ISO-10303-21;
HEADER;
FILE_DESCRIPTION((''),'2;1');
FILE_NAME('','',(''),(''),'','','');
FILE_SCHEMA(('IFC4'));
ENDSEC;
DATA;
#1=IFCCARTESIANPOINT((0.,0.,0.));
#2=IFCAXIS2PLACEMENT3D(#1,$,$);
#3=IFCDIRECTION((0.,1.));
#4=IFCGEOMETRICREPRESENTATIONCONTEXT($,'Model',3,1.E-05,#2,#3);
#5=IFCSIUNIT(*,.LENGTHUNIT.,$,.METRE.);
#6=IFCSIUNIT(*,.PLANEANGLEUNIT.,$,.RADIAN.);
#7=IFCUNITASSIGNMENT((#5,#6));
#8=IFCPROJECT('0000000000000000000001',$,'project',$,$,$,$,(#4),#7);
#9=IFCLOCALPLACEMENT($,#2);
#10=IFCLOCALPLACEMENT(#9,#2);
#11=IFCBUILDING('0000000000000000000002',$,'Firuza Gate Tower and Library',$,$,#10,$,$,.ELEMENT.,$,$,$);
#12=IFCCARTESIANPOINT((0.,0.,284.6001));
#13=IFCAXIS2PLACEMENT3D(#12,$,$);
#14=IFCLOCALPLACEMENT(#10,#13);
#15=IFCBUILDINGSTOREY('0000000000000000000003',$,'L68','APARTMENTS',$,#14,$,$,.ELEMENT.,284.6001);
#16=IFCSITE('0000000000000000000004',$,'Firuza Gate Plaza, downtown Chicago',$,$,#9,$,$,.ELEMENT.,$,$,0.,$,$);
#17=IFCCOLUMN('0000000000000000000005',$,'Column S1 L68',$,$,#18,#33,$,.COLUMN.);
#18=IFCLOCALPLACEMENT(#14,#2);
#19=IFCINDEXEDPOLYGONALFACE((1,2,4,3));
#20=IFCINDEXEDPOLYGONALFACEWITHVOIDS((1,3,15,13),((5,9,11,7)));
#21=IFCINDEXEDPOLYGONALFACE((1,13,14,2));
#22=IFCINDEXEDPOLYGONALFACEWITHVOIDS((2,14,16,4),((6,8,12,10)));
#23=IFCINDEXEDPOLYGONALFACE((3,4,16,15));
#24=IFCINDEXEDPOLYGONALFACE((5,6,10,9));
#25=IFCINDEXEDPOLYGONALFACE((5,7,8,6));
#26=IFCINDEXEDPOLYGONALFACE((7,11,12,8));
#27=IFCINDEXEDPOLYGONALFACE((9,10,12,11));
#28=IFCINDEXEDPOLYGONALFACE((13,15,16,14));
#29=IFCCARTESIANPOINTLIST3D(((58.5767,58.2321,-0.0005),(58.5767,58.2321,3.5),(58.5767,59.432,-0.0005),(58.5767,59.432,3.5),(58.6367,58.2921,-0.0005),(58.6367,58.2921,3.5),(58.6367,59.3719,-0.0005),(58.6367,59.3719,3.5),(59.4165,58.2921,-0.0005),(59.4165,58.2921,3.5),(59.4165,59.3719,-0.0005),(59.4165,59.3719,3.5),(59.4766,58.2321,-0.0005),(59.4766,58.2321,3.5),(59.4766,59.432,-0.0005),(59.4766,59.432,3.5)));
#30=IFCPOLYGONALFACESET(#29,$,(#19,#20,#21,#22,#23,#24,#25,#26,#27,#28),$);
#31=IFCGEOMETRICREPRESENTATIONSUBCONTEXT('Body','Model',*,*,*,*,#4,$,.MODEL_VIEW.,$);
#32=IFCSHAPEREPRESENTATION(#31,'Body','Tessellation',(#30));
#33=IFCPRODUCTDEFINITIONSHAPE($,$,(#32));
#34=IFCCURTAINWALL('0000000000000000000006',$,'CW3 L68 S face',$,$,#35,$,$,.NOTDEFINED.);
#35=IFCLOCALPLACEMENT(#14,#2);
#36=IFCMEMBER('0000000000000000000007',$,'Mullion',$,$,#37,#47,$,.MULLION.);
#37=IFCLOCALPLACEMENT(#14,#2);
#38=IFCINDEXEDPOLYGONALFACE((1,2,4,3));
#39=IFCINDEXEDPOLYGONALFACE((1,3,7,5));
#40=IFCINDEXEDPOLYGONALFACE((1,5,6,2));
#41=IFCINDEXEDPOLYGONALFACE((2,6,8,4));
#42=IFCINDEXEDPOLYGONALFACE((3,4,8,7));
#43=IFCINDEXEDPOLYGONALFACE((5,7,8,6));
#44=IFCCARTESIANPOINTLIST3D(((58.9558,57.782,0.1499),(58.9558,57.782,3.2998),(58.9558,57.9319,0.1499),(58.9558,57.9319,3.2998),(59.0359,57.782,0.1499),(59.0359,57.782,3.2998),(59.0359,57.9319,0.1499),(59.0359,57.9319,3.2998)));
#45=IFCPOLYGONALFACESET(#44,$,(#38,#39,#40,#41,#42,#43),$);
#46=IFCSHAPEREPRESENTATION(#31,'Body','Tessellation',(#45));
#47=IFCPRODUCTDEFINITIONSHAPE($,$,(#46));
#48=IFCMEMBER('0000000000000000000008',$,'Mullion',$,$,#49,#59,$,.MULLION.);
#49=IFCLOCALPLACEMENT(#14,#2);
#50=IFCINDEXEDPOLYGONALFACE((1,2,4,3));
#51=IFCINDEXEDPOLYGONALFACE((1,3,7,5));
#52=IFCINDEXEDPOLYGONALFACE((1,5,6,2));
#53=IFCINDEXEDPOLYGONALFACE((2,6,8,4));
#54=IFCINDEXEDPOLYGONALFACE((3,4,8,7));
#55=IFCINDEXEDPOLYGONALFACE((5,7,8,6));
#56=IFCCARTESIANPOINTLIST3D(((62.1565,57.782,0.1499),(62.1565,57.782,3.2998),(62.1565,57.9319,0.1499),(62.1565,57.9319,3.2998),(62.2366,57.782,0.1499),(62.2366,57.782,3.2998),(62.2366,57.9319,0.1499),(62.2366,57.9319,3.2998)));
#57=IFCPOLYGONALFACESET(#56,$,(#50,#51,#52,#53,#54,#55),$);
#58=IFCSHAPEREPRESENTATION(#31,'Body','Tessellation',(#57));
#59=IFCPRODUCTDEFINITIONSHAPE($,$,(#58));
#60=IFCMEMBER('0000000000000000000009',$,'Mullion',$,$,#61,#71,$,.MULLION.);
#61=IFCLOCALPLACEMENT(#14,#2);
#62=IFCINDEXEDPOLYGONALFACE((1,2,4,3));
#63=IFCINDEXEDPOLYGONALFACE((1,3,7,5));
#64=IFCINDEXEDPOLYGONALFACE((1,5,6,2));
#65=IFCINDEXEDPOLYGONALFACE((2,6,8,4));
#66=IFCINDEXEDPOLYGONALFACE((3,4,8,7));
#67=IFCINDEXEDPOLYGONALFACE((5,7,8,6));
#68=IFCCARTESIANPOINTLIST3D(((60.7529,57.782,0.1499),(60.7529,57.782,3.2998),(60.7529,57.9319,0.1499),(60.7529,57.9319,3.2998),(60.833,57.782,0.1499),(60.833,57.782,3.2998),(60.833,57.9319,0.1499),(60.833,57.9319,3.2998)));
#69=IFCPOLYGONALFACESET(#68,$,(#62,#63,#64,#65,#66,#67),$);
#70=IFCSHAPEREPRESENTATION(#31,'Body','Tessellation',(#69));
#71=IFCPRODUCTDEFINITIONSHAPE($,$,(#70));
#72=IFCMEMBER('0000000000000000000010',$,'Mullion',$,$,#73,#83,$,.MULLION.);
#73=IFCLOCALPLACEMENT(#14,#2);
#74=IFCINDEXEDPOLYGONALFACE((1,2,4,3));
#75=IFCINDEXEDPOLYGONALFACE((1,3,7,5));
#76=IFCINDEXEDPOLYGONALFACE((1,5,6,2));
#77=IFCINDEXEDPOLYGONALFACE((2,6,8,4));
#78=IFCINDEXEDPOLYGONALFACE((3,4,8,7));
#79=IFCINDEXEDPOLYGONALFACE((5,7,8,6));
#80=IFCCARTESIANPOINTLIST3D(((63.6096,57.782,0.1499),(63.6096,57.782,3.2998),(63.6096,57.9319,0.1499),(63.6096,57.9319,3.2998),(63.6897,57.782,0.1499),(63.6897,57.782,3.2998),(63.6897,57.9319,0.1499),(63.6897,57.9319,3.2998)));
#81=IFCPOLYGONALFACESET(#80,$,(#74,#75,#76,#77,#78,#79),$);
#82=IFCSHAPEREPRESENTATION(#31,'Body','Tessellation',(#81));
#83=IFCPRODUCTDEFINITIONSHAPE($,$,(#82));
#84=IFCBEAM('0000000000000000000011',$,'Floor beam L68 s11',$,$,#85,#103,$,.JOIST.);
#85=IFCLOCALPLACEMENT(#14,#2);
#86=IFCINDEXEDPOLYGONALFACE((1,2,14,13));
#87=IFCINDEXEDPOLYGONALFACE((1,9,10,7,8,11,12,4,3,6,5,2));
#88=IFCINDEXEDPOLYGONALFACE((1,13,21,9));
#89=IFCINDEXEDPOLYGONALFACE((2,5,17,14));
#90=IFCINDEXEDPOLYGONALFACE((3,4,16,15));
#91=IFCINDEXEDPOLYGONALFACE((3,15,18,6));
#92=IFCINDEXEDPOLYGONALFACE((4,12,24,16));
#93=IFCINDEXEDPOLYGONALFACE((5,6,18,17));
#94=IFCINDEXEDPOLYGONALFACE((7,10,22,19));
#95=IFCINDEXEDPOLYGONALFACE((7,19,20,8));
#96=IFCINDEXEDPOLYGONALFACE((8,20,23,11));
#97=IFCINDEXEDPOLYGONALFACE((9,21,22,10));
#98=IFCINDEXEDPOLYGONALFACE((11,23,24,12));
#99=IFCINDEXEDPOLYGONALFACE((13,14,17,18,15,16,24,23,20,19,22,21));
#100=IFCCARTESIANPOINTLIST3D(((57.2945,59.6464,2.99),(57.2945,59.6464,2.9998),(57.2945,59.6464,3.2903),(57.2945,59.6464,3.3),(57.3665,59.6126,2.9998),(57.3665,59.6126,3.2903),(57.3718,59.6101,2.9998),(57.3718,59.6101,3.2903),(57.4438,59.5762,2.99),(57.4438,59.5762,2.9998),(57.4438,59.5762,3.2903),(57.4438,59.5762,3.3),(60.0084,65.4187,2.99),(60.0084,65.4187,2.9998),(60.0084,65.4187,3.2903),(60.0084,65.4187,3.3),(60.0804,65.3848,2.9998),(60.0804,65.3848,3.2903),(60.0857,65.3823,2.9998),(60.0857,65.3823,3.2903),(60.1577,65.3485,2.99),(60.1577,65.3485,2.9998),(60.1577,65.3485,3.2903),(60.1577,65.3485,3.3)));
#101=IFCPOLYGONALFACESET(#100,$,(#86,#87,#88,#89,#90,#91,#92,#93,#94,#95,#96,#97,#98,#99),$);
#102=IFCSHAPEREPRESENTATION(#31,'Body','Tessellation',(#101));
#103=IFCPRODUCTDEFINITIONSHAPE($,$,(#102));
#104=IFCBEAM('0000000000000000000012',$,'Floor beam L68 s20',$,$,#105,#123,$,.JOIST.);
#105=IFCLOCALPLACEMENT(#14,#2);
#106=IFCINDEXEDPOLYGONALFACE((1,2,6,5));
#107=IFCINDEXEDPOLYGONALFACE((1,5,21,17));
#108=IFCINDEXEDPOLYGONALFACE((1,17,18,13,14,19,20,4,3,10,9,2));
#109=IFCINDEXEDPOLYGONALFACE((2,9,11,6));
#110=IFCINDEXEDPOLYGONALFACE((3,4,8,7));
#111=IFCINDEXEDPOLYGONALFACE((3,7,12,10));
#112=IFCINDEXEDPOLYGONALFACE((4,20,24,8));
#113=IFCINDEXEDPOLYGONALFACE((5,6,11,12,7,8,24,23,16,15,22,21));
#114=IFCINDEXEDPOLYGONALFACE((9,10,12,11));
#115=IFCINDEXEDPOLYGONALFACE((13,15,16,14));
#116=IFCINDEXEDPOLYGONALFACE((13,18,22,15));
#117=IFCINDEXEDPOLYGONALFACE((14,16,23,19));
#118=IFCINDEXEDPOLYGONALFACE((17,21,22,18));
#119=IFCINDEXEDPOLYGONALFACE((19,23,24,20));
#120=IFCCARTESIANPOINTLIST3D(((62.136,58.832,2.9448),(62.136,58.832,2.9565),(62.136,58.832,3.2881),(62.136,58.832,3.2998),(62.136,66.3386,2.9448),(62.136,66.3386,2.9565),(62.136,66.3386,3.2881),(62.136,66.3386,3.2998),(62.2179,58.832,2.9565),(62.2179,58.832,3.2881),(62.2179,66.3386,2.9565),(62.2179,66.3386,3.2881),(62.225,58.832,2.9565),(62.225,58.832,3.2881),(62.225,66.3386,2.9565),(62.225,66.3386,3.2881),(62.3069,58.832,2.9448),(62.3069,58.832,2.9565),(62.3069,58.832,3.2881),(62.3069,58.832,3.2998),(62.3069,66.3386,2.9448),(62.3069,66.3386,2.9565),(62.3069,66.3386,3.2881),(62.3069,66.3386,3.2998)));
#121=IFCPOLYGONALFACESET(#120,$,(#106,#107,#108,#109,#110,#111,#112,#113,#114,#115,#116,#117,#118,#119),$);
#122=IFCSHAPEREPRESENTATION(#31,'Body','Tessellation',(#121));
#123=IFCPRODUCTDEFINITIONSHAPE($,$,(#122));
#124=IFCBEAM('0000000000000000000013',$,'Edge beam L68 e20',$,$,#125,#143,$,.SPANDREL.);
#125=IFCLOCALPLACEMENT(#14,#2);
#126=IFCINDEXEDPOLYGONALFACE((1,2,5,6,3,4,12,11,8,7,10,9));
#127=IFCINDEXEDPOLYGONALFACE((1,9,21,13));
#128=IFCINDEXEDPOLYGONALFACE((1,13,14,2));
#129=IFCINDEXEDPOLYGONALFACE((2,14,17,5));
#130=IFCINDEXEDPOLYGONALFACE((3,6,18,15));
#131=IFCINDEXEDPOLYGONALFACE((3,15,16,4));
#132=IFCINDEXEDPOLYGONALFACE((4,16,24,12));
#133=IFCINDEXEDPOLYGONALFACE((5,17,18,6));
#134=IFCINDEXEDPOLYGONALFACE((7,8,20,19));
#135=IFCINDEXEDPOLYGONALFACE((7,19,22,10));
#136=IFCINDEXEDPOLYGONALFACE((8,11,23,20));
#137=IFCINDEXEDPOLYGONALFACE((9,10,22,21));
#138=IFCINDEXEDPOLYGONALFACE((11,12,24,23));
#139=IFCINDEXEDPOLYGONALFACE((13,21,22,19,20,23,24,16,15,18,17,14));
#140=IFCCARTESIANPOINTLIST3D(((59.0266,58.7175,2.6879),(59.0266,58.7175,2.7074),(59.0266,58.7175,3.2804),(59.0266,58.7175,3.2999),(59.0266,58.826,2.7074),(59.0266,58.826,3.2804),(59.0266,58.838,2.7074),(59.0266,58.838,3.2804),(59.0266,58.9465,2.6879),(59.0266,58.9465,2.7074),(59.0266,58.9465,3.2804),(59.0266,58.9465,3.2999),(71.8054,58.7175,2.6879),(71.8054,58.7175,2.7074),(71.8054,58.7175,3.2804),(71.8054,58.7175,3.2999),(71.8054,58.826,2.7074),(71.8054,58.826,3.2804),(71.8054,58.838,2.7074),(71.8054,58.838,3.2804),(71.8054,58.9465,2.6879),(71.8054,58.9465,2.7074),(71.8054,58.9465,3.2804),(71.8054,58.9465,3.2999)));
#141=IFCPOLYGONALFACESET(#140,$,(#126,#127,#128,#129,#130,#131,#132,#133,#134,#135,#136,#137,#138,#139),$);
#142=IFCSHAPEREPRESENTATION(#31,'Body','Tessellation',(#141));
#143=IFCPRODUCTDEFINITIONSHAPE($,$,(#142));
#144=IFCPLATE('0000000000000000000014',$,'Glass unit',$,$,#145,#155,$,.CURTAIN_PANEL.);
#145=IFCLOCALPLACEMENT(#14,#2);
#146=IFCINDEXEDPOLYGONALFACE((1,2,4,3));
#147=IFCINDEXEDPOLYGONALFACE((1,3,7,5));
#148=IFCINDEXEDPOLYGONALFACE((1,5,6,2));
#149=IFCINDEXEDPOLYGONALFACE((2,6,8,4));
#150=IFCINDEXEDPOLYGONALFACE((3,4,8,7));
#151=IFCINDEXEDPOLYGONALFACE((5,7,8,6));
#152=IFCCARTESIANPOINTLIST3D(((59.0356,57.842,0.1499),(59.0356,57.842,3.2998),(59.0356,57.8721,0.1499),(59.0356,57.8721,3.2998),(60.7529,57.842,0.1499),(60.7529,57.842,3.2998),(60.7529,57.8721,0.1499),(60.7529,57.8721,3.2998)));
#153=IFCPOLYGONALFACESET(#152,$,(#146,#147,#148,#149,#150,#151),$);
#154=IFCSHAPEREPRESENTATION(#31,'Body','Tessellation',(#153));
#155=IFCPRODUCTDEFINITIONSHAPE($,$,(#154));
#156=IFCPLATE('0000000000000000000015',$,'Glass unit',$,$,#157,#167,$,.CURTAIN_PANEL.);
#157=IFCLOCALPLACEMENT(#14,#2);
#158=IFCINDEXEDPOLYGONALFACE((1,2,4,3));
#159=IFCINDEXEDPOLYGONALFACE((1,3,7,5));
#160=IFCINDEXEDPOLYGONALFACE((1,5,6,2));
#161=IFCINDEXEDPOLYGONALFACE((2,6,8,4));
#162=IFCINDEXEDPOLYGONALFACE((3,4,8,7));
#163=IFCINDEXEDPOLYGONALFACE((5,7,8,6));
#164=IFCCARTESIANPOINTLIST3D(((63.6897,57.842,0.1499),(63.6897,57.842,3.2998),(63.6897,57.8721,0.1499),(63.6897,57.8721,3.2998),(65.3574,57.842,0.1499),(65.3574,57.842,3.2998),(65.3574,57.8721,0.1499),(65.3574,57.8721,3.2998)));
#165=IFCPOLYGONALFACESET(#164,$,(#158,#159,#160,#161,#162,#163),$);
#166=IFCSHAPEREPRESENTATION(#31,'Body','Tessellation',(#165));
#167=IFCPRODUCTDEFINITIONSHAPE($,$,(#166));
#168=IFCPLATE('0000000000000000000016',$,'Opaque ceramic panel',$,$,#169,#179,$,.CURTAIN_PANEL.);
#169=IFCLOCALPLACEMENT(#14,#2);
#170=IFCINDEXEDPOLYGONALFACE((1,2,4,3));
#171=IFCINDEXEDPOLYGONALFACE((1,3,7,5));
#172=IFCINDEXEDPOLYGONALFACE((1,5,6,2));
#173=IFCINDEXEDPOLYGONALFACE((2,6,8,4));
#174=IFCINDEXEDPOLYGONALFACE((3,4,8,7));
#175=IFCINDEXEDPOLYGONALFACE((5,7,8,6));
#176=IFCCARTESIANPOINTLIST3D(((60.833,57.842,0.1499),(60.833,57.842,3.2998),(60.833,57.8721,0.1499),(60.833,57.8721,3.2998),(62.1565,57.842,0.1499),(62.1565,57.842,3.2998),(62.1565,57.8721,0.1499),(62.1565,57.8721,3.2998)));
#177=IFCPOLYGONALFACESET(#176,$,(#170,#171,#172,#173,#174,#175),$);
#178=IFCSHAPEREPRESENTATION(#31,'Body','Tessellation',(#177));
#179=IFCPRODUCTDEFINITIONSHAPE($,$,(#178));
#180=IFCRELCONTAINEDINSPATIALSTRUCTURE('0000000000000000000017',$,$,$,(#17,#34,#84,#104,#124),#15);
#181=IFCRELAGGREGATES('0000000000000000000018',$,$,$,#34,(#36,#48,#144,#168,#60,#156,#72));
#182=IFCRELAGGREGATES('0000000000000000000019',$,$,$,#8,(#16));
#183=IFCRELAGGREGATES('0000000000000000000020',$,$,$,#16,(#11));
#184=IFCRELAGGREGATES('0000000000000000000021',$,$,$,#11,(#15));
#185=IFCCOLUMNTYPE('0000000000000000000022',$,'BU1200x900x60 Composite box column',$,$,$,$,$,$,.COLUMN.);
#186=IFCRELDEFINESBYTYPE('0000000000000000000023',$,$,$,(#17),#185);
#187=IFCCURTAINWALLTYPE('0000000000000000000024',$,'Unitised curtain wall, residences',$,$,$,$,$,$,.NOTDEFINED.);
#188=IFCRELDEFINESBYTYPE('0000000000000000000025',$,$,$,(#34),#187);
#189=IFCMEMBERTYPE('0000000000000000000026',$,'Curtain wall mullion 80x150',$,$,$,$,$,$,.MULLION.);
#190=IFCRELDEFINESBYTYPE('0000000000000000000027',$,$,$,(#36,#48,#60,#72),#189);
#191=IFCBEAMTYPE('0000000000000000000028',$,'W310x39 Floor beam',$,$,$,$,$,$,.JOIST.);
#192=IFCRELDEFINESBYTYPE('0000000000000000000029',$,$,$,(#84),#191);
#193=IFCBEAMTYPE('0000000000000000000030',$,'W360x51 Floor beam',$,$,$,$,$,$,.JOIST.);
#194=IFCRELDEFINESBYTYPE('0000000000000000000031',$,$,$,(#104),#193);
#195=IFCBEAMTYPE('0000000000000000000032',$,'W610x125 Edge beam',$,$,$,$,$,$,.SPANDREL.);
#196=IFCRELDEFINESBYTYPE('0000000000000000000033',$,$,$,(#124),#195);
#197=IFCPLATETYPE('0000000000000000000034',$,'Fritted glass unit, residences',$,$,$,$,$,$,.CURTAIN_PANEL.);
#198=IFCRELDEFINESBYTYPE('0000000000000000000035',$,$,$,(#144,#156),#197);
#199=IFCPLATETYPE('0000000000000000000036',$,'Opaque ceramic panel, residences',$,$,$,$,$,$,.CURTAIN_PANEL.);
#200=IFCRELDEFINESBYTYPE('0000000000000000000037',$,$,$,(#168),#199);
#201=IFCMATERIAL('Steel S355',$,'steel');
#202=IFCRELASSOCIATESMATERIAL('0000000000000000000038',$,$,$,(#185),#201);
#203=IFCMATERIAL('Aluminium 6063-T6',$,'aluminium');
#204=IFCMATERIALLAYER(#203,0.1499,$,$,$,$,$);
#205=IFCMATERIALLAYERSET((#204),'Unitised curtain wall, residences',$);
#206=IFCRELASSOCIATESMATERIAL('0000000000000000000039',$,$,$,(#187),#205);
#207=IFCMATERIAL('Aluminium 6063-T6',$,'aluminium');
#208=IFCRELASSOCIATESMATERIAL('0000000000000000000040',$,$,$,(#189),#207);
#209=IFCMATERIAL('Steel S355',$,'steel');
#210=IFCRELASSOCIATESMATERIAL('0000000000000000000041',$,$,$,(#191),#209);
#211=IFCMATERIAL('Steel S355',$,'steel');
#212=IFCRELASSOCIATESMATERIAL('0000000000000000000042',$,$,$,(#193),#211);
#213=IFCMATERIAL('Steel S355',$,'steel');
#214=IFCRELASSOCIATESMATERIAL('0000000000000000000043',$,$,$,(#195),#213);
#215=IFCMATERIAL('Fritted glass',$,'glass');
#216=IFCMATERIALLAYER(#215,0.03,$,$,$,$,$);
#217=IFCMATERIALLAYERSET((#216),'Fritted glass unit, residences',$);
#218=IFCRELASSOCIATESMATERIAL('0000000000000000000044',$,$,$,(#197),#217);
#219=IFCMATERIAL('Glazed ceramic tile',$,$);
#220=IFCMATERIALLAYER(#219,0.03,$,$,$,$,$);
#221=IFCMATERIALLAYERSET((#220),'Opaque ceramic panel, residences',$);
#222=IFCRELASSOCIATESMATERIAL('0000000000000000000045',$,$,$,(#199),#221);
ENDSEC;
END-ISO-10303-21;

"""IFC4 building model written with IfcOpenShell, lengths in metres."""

from ifc_helpers import new_model, si_unit, direction, frame, origin, origin_2d, place, context, subcontext, project, spatial, polyline, rectangle, hollow_rectangle, i_section, outline, extrude, material, layer, layer_set, material_profile, profile_set, type_object, element, aggregate, save


model = new_model("IFC4")

# Units and contexts
model_context = context("Model", 3, precision=1e-05, world=origin(), true_north=direction((0.0, 1.0)))
body_context = subcontext(model_context, "Body", "Model", "MODEL_VIEW")
ifc_project = project(units=[si_unit("LENGTHUNIT", "METRE"), si_unit("PLANEANGLEUNIT", "RADIAN")], contexts=[model_context])

# Site, building, storey
site_placement = place(None, origin())
site = spatial("IfcSite", under=ifc_project, at=site_placement, Name="Firuza Gate Plaza, downtown Chicago", CompositionType="ELEMENT", RefElevation=0.0)
building_placement = place(site_placement, origin())
building = spatial("IfcBuilding", under=site, at=building_placement, Name="Firuza Gate Tower and Library", CompositionType="ELEMENT")
storey_placement = place(building_placement, frame((0.0, 0.0, 284.6001)))
storey = spatial("IfcBuildingStorey", under=building, at=storey_placement, Name="L68", Description="APARTMENTS", CompositionType="ELEMENT", Elevation=284.6001)

# Column
ifc_material_1 = material(Name="Steel S355", Category="steel")
ifc_material_profile_1 = material_profile(ifc_material_1, hollow_rectangle(XDim=0.8999, YDim=1.2, WallThickness=0.0601, at=origin_2d()))
ifc_profile_set_1 = profile_set([ifc_material_profile_1], Name="Steel S355")
column_type = type_object("IfcColumnType", Name="BU1200x900x60 Composite box column", PredefinedType="COLUMN", material=ifc_profile_set_1)
column_placement = place(storey_placement, frame((59.0266, 58.832, -0.0005), z_axis=(0.0, 0.0, 1.0), x_axis=(1.0, 0.0, 0.0)))
element("IfcColumn", 1, at=column_placement, inside=storey, type_object=column_type, Name="Column S1 L68", PredefinedType="COLUMN", context=body_context, shape_type="SweptSolid", body=[
    extrude(hollow_rectangle(XDim=0.8999, YDim=1.2, WallThickness=0.0601, at=origin_2d()), origin(), (0.0, 0.0, 1.0), 3.5005),
])

# Curtain wall, members
ifc_material_2 = material(Name="Aluminium 6063-T6", Category="aluminium")
ifc_layer_1 = layer(ifc_material_2, 0.1499)
ifc_layer_set_1 = layer_set([ifc_layer_1], Name="Unitised curtain wall, residences")
curtain_wall_type = type_object("IfcCurtainWallType", Name="Unitised curtain wall, residences", PredefinedType="NOTDEFINED", material=ifc_layer_set_1)
curtain_wall_placement = place(storey_placement, origin())
curtain_wall = element("IfcCurtainWall", 2, at=curtain_wall_placement, inside=storey, type_object=curtain_wall_type, Name="CW3 L68 S face", PredefinedType="NOTDEFINED")
ifc_material_3 = material(Name="Aluminium 6063-T6", Category="aluminium")
ifc_material_profile_2 = material_profile(ifc_material_3, rectangle(XDim=0.1499, YDim=0.0801, at=origin_2d()))
ifc_profile_set_2 = profile_set([ifc_material_profile_2], Name="Aluminium 6063-T6")
member_type = type_object("IfcMemberType", Name="Curtain wall mullion 80x150", PredefinedType="MULLION", material=ifc_profile_set_2)
member_1_placement = place(storey_placement, frame((58.9958, 57.8569, 0.1499), z_axis=(0.0, 0.0, 1.0), x_axis=(0.0, 1.0, 0.0)))
member_1 = element("IfcMember", 3, at=member_1_placement, type_object=member_type, Name="Mullion", PredefinedType="MULLION", context=body_context, shape_type="SweptSolid", body=[
    extrude(rectangle(XDim=0.1499, YDim=0.0801, at=origin_2d()), origin(), (0.0, 0.0, 1.0), 3.1499),
])
member_2_placement = place(storey_placement, frame((62.1965, 57.8569, 0.1499), z_axis=(0.0, 0.0, 1.0), x_axis=(0.0, 1.0, 0.0)))
member_2 = element("IfcMember", 4, at=member_2_placement, type_object=member_type, Name="Mullion", PredefinedType="MULLION", context=body_context, shape_type="SweptSolid", body=[
    extrude(rectangle(XDim=0.1499, YDim=0.0801, at=origin_2d()), origin(), (0.0, 0.0, 1.0), 3.1499),
])
member_3_placement = place(storey_placement, frame((60.793, 57.8569, 0.1499), z_axis=(0.0, 0.0, 1.0), x_axis=(0.0, 1.0, 0.0)))
member_3 = element("IfcMember", 5, at=member_3_placement, type_object=member_type, Name="Mullion", PredefinedType="MULLION", context=body_context, shape_type="SweptSolid", body=[
    extrude(rectangle(XDim=0.1499, YDim=0.0801, at=origin_2d()), origin(), (0.0, 0.0, 1.0), 3.1499),
])
member_4_placement = place(storey_placement, frame((63.6497, 57.8569, 0.1499), z_axis=(0.0, 0.0, 1.0), x_axis=(0.0, 1.0, 0.0)))
member_4 = element("IfcMember", 6, at=member_4_placement, type_object=member_type, Name="Mullion", PredefinedType="MULLION", context=body_context, shape_type="SweptSolid", body=[
    extrude(rectangle(XDim=0.1499, YDim=0.0801, at=origin_2d()), origin(), (0.0, 0.0, 1.0), 3.1499),
])

# Beams
ifc_material_4 = material(Name="Steel S355", Category="steel")
ifc_material_profile_3 = material_profile(ifc_material_4, i_section(OverallWidth=0.165, OverallDepth=0.3101, WebThickness=0.0059, FlangeThickness=0.0098, at=origin_2d()))
ifc_profile_set_3 = profile_set([ifc_material_profile_3], Name="Steel S355")
beam_type_1 = type_object("IfcBeamType", Name="W310x39 Floor beam", PredefinedType="JOIST", material=ifc_profile_set_3)
beam_1_placement = place(storey_placement, frame((57.3691, 59.6113, 3.145), z_axis=(0.42548, 0.904968, 0.0), x_axis=(-0.904968, 0.42548, 0.0)))
element("IfcBeam", 7, at=beam_1_placement, inside=storey, type_object=beam_type_1, Name="Floor beam L68 s11", PredefinedType="JOIST", context=body_context, shape_type="SweptSolid", body=[
    extrude(i_section(OverallWidth=0.165, OverallDepth=0.3101, WebThickness=0.0059, FlangeThickness=0.0098, at=origin_2d()), origin(), (0.0, 0.0, 1.0), 6.3784),
])
ifc_material_5 = material(Name="Steel S355", Category="steel")
ifc_material_profile_4 = material_profile(ifc_material_5, i_section(OverallWidth=0.1709, OverallDepth=0.355, WebThickness=0.0071, FlangeThickness=0.0117, at=origin_2d()))
ifc_profile_set_4 = profile_set([ifc_material_profile_4], Name="Steel S355")
beam_type_2 = type_object("IfcBeamType", Name="W360x51 Floor beam", PredefinedType="JOIST", material=ifc_profile_set_4)
beam_2_placement = place(storey_placement, frame((62.2214, 58.832, 3.1223), z_axis=(0.0, 1.0, 0.0), x_axis=(-1.0, 0.0, 0.0)))
element("IfcBeam", 8, at=beam_2_placement, inside=storey, type_object=beam_type_2, Name="Floor beam L68 s20", PredefinedType="JOIST", context=body_context, shape_type="SweptSolid", body=[
    extrude(i_section(OverallWidth=0.1709, OverallDepth=0.355, WebThickness=0.0071, FlangeThickness=0.0117, at=origin_2d()), origin(), (0.0, 0.0, 1.0), 7.5066),
])
ifc_material_6 = material(Name="Steel S355", Category="steel")
ifc_material_profile_5 = material_profile(ifc_material_6, i_section(OverallWidth=0.229, OverallDepth=0.6121, WebThickness=0.012, FlangeThickness=0.0195, at=origin_2d()))
ifc_profile_set_5 = profile_set([ifc_material_profile_5], Name="Steel S355")
beam_type_3 = type_object("IfcBeamType", Name="W610x125 Edge beam", PredefinedType="SPANDREL", material=ifc_profile_set_5)
beam_3_placement = place(storey_placement, frame((59.0266, 58.832, 2.9939), z_axis=(1.0, 0.0, 0.0), x_axis=(0.0, 1.0, 0.0)))
element("IfcBeam", 9, at=beam_3_placement, inside=storey, type_object=beam_type_3, Name="Edge beam L68 e20", PredefinedType="SPANDREL", context=body_context, shape_type="SweptSolid", body=[
    extrude(i_section(OverallWidth=0.229, OverallDepth=0.6121, WebThickness=0.012, FlangeThickness=0.0195, at=origin_2d()), origin(), (0.0, 0.0, 1.0), 12.7788),
])

# Plates
ifc_material_7 = material(Name="Fritted glass", Category="glass")
ifc_layer_2 = layer(ifc_material_7, 0.03)
ifc_layer_set_2 = layer_set([ifc_layer_2], Name="Fritted glass unit, residences")
plate_type_1 = type_object("IfcPlateType", Name="Fritted glass unit, residences", PredefinedType="CURTAIN_PANEL", material=ifc_layer_set_2)
plate_1_placement = place(storey_placement, frame((59.0356, 57.842, 0.1499), z_axis=(0.0, -1.0, 0.0), x_axis=(1.0, 0.0, 0.0)))
plate_1 = element("IfcPlate", 10, at=plate_1_placement, type_object=plate_type_1, Name="Glass unit", PredefinedType="CURTAIN_PANEL", context=body_context, shape_type="SweptSolid", body=[
    extrude(outline(polyline([(0.0, 0.0), (1.7173, 0.0), (1.7173, 3.1499), (0.0, 3.1499), (0.0, 0.0)])), origin(), (0.0, 0.0, -1.0), 0.03),
])
plate_2_placement = place(storey_placement, frame((63.6897, 57.842, 0.1499), z_axis=(0.0, -1.0, 0.0), x_axis=(1.0, 0.0, 0.0)))
plate_2 = element("IfcPlate", 11, at=plate_2_placement, type_object=plate_type_1, Name="Glass unit", PredefinedType="CURTAIN_PANEL", context=body_context, shape_type="SweptSolid", body=[
    extrude(outline(polyline([(0.0, 0.0), (1.6677, 0.0), (1.6677, 3.1499), (0.0, 3.1499), (0.0, 0.0)])), origin(), (0.0, 0.0, -1.0), 0.03),
])
ifc_material_8 = material(Name="Glazed ceramic tile")
ifc_layer_3 = layer(ifc_material_8, 0.03)
ifc_layer_set_3 = layer_set([ifc_layer_3], Name="Opaque ceramic panel, residences")
plate_type_2 = type_object("IfcPlateType", Name="Opaque ceramic panel, residences", PredefinedType="CURTAIN_PANEL", material=ifc_layer_set_3)
plate_3_placement = place(storey_placement, frame((60.833, 57.842, 0.1499), z_axis=(0.0, -1.0, 0.0), x_axis=(1.0, 0.0, 0.0)))
plate_3 = element("IfcPlate", 12, at=plate_3_placement, type_object=plate_type_2, Name="Opaque ceramic panel", PredefinedType="CURTAIN_PANEL", context=body_context, shape_type="SweptSolid", body=[
    extrude(outline(polyline([(0.0, 0.0), (1.3235, 0.0), (1.3235, 3.1499), (0.0, 3.1499), (0.0, 0.0)])), origin(), (0.0, 0.0, -1.0), 0.03),
])
aggregate(curtain_wall, [member_1, member_2, plate_1, plate_3, member_3, plate_2, member_4])

save(model, "model.ifc")
